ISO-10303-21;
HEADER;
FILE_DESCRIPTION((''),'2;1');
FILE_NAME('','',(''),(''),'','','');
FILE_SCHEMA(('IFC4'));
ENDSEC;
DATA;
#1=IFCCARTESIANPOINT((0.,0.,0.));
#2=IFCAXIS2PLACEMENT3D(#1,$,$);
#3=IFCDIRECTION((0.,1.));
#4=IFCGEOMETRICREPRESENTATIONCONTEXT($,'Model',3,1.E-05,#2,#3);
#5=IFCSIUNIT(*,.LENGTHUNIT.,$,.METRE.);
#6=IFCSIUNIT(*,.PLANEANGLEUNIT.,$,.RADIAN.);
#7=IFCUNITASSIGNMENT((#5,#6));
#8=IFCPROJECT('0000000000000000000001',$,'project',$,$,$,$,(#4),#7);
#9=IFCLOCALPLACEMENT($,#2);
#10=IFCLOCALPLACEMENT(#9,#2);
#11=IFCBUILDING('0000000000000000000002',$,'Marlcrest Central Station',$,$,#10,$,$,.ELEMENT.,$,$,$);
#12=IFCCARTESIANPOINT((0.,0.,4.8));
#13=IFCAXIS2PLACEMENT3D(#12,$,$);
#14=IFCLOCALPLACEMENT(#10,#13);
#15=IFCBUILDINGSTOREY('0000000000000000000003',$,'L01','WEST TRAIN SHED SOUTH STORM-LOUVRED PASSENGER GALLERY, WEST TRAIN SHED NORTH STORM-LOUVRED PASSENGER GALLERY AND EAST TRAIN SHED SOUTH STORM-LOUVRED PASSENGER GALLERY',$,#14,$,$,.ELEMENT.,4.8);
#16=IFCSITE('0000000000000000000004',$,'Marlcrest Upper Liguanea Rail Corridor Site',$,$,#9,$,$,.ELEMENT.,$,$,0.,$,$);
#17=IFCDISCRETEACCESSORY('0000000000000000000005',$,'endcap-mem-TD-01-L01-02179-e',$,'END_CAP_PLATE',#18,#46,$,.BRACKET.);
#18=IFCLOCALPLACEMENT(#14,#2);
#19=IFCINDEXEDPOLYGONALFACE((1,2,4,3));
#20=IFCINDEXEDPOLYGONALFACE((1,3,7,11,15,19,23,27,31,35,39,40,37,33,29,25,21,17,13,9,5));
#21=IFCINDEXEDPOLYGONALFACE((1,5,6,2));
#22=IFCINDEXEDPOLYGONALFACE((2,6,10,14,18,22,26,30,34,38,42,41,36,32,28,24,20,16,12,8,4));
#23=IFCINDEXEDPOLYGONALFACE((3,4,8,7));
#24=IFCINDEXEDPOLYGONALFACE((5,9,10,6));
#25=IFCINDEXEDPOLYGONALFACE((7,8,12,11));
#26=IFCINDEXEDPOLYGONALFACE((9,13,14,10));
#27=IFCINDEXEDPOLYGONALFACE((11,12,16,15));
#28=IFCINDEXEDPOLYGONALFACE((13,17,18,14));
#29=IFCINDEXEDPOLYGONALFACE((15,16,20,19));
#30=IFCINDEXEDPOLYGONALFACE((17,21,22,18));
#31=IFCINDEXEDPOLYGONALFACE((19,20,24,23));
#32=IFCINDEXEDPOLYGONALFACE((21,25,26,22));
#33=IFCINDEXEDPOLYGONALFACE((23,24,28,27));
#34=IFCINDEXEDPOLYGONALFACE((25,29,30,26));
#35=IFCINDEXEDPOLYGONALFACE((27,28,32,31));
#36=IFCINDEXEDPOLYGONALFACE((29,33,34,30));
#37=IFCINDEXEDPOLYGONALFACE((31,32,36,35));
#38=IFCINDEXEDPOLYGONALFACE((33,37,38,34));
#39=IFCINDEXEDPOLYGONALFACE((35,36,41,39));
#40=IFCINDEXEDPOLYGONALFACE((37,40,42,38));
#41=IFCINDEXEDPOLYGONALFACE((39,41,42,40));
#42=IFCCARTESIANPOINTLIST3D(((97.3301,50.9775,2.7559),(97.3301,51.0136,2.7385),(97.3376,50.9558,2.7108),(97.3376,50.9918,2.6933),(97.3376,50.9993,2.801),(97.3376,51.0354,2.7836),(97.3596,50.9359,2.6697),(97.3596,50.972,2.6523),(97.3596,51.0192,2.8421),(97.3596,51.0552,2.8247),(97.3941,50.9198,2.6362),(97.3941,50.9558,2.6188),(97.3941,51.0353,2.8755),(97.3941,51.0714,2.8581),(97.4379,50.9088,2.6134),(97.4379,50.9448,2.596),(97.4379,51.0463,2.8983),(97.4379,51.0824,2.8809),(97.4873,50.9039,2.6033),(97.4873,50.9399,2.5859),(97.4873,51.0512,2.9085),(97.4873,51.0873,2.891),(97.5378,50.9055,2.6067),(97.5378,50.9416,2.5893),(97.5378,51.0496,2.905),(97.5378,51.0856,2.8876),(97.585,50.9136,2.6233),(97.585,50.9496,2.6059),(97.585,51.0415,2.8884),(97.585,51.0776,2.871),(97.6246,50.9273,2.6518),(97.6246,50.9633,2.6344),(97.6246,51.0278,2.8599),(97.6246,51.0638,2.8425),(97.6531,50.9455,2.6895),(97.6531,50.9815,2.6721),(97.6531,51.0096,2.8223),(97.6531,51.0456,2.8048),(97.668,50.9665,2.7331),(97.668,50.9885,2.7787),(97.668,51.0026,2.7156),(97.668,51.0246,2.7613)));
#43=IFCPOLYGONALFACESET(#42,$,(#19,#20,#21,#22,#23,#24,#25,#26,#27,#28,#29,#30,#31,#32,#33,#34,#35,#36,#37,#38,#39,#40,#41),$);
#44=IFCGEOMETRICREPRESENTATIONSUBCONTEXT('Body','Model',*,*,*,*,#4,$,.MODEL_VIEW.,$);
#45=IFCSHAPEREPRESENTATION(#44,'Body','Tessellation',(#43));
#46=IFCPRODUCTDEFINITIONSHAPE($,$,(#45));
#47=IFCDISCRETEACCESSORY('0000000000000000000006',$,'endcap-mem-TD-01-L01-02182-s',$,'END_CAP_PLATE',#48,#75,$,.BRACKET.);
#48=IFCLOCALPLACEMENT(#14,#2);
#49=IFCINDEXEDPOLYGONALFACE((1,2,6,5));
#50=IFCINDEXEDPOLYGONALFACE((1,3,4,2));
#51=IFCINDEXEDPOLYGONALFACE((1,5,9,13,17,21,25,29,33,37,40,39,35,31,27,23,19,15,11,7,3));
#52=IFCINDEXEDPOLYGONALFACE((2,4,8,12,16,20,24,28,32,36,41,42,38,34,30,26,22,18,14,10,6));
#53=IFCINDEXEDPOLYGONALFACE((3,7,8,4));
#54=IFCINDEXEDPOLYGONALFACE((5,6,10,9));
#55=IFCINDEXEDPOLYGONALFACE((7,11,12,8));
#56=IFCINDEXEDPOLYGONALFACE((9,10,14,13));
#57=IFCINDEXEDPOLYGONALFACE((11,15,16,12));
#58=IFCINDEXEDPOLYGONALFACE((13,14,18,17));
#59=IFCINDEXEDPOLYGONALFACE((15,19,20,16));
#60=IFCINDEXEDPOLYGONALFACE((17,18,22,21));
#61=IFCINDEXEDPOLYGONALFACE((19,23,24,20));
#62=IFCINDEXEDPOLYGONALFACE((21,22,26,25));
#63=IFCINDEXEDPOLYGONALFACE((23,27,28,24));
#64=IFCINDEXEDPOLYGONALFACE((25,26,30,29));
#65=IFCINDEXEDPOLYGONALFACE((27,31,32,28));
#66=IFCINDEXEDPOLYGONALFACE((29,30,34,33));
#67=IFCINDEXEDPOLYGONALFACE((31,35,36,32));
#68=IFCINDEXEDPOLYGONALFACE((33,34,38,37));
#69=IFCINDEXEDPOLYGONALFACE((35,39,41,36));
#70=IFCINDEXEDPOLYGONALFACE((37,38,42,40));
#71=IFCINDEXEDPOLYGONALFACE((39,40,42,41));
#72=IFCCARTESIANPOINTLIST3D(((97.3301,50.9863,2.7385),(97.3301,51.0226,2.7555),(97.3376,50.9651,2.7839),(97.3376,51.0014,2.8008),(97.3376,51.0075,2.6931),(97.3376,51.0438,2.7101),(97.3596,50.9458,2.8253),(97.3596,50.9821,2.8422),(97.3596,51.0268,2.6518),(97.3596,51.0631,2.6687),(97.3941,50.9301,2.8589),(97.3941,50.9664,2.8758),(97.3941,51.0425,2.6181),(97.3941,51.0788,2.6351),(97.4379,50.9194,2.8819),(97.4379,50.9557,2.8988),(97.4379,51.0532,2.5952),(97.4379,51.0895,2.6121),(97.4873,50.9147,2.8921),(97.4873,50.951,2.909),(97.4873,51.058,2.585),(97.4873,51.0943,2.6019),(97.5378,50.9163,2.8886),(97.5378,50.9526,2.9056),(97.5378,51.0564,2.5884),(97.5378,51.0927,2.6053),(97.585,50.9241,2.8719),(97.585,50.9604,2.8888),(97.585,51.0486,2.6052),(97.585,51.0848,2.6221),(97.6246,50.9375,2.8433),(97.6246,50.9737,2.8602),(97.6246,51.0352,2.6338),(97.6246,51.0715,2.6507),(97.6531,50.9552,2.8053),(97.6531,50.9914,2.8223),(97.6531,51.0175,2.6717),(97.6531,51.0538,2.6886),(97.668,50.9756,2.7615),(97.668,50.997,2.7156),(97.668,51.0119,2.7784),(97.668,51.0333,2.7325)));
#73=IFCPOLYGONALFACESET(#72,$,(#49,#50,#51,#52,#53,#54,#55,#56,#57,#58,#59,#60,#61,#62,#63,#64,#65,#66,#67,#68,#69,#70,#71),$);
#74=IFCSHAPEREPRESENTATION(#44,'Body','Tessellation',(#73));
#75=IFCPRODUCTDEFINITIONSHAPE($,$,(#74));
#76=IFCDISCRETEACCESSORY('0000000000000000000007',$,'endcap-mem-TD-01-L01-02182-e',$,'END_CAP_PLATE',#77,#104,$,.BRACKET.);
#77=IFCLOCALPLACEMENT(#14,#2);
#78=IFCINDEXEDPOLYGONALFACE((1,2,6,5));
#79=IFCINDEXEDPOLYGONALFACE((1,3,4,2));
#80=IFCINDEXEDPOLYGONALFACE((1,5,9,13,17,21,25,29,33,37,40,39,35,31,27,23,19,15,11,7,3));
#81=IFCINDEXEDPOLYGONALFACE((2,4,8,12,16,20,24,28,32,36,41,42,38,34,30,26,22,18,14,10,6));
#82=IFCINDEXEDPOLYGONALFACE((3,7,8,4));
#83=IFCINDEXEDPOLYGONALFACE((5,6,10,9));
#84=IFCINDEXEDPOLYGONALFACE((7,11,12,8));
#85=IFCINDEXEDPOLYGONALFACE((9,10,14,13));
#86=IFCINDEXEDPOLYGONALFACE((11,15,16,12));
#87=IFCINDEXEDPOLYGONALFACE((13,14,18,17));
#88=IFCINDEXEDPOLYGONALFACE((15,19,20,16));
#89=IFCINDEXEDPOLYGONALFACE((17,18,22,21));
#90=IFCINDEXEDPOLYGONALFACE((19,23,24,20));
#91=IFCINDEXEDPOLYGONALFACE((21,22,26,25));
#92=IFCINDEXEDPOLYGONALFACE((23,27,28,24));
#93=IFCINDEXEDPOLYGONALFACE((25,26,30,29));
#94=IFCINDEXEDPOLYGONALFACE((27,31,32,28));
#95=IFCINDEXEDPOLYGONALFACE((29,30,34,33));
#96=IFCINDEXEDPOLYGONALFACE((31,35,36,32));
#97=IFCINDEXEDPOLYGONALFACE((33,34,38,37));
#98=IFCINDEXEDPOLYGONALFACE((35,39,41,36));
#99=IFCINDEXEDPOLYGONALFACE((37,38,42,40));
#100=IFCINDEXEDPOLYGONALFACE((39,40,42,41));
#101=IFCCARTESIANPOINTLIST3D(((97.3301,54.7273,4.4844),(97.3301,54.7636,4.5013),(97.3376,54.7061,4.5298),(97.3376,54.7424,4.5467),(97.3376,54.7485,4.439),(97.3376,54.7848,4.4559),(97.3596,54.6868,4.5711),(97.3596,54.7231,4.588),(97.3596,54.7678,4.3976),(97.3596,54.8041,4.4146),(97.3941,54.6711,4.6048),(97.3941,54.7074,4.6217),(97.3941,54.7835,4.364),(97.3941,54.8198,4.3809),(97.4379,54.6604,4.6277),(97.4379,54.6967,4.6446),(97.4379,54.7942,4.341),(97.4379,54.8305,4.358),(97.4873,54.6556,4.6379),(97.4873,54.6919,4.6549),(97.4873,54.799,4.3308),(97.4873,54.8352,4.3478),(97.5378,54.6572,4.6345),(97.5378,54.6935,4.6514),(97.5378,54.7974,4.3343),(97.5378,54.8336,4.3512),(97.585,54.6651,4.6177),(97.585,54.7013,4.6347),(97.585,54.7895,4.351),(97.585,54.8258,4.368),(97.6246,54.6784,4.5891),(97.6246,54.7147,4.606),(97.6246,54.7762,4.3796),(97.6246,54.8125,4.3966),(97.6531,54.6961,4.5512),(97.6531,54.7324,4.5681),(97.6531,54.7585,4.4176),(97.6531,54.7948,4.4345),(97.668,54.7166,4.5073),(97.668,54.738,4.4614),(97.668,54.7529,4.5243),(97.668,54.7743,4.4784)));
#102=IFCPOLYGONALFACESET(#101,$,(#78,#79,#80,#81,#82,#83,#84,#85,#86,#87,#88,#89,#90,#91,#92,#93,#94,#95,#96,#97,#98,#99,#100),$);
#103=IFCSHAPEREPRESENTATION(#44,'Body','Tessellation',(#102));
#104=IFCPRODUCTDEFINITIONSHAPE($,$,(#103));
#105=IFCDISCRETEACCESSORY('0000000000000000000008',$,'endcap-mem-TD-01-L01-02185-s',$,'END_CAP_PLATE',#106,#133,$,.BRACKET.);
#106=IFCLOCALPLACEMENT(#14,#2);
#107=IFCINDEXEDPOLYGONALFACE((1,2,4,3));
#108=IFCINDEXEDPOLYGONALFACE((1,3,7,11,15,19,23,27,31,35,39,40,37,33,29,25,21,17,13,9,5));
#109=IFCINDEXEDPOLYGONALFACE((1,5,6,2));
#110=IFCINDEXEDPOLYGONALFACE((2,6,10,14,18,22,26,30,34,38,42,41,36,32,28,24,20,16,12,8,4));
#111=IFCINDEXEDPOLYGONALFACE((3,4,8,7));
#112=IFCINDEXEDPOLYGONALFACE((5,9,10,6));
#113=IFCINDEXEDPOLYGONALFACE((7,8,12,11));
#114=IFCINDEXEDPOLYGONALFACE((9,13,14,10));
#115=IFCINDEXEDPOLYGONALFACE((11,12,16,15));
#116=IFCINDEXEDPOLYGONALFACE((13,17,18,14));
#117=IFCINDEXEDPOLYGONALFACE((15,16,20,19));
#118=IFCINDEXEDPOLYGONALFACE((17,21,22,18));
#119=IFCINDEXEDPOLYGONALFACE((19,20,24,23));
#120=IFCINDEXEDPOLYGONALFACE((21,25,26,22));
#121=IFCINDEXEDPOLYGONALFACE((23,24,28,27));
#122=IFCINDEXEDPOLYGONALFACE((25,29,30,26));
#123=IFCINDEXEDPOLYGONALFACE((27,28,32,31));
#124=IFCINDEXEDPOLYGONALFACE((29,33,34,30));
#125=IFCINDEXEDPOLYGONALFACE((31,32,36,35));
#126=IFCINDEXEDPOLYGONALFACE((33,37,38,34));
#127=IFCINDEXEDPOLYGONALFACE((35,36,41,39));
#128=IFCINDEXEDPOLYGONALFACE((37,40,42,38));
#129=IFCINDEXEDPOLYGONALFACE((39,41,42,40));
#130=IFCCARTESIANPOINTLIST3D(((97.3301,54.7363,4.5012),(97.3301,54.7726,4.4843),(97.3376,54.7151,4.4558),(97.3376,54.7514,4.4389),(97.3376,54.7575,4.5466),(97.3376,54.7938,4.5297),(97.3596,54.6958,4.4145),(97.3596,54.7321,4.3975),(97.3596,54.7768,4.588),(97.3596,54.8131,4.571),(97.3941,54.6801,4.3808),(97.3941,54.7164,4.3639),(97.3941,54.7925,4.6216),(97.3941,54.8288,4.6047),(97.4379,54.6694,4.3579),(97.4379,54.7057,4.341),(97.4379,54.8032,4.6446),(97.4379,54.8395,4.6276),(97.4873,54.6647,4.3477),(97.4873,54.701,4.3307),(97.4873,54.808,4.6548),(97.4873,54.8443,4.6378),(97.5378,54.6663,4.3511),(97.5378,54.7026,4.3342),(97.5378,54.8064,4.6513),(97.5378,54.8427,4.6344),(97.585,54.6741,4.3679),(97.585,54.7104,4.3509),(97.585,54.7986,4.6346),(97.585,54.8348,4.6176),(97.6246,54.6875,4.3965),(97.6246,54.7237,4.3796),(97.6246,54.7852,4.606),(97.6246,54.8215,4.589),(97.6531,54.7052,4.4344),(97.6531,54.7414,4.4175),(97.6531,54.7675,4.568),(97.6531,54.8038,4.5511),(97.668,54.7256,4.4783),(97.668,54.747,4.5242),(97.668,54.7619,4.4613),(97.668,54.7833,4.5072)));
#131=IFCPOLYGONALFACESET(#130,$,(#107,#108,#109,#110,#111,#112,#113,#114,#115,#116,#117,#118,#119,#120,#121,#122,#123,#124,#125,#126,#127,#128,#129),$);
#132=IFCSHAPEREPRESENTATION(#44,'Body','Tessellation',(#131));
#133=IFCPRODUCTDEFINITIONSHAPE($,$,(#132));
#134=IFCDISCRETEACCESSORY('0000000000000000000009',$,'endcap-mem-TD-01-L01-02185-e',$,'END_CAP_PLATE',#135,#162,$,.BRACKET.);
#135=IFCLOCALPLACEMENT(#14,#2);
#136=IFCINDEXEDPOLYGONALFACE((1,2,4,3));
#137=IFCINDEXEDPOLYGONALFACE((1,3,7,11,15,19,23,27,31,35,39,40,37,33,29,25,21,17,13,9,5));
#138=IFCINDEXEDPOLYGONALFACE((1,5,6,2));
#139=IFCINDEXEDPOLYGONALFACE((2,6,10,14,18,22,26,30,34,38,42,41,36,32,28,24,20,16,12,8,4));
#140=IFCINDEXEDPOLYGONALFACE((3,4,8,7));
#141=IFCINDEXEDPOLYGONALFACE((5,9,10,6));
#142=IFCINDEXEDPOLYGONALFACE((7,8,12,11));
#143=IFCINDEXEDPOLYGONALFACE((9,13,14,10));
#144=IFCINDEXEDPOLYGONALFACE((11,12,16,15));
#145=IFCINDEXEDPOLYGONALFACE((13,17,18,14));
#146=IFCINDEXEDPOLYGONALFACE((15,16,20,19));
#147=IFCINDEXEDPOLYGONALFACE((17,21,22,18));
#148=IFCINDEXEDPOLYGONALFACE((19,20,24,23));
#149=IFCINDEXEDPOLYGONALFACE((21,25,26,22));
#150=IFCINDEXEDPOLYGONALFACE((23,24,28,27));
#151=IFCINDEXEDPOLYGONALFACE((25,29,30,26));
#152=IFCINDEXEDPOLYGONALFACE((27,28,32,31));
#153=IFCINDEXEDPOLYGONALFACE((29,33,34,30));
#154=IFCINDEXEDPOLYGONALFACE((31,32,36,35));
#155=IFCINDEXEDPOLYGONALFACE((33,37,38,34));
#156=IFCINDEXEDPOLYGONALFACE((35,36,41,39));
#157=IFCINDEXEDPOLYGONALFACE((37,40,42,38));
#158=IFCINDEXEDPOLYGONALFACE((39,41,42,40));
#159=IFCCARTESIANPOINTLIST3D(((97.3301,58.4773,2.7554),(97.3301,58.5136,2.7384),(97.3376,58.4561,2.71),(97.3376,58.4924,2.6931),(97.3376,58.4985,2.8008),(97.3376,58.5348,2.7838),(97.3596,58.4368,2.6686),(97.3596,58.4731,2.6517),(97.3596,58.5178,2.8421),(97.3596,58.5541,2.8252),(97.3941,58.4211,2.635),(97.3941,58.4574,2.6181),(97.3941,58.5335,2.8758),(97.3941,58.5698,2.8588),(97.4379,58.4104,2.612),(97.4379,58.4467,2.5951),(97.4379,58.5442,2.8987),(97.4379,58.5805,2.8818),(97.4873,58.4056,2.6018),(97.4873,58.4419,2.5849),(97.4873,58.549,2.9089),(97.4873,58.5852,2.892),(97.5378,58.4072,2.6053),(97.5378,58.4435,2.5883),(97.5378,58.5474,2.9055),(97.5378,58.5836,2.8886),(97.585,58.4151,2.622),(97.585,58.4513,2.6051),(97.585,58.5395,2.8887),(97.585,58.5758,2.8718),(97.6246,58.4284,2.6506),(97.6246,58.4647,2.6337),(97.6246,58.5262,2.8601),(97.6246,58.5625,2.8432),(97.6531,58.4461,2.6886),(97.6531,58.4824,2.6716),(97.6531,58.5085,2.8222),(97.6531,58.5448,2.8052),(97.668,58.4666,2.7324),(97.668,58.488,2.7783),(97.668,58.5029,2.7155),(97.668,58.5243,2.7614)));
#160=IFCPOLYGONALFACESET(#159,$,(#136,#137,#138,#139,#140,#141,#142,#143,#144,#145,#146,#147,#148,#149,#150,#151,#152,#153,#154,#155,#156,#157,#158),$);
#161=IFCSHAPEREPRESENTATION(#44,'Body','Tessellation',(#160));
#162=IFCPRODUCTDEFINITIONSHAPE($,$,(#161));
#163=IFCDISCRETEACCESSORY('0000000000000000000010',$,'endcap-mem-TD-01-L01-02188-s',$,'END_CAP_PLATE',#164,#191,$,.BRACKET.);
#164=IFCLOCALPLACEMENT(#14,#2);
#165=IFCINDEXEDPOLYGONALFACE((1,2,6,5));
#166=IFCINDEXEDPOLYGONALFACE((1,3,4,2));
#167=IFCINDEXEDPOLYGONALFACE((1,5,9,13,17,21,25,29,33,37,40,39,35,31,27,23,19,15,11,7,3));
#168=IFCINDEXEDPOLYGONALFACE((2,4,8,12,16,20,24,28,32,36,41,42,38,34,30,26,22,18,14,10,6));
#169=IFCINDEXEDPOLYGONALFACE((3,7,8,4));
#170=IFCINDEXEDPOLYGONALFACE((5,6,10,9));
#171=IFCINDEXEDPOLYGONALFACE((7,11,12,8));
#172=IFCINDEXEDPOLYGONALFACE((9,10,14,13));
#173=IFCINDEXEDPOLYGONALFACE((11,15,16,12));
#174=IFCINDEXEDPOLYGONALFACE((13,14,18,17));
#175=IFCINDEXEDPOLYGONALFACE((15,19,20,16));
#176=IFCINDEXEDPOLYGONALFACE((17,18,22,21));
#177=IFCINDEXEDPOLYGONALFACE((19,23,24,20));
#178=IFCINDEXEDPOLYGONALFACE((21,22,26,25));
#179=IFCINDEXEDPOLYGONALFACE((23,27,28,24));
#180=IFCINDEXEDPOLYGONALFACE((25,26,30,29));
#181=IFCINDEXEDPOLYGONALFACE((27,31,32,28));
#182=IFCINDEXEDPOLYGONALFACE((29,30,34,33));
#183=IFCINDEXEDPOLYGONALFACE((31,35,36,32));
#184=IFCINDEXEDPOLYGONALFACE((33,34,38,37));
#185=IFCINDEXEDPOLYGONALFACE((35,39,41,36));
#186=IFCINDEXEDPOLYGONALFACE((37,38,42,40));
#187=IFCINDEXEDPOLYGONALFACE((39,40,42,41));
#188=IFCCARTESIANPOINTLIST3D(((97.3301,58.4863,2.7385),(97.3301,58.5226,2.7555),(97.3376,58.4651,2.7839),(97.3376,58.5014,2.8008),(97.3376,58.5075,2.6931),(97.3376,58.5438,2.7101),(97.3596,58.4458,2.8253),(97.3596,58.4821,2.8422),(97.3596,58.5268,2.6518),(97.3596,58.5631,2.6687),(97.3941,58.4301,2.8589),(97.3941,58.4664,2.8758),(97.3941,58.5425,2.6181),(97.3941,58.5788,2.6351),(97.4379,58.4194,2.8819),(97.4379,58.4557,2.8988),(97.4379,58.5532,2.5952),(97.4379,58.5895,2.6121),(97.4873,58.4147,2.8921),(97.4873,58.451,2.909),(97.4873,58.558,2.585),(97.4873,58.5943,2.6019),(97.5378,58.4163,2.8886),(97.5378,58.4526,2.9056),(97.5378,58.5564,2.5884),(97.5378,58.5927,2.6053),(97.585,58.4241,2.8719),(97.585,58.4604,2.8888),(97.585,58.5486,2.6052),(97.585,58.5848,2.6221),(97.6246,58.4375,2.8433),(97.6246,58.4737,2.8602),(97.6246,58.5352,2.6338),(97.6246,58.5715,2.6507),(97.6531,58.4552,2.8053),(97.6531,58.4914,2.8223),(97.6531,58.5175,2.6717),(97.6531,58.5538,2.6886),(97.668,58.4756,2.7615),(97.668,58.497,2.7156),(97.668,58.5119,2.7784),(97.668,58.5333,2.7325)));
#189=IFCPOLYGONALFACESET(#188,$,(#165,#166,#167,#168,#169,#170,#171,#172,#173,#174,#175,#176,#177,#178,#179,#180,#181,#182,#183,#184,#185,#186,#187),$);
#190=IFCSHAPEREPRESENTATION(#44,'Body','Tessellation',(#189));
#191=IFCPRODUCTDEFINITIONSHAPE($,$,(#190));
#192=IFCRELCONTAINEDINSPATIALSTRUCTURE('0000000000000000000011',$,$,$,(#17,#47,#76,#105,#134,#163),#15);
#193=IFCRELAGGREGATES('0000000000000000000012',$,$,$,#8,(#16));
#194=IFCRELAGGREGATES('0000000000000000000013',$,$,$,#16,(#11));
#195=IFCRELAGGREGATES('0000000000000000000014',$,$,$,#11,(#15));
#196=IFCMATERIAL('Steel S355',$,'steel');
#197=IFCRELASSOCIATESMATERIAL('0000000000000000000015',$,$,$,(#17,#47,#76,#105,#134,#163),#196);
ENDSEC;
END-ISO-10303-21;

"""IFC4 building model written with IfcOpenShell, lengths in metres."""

from ifc_helpers import new_model, si_unit, direction, frame, origin, origin_2d, place, context, subcontext, project, spatial, circle, extrude, material, element, save


model = new_model("IFC4")

# Units and contexts
model_context = context("Model", 3, precision=1e-05, world=origin(), true_north=direction((0.0, 1.0)))
body_context = subcontext(model_context, "Body", "Model", "MODEL_VIEW")
ifc_project = project(units=[si_unit("LENGTHUNIT", "METRE"), si_unit("PLANEANGLEUNIT", "RADIAN")], contexts=[model_context])

# Site, building, storey
site_placement = place(None, origin())
site = spatial("IfcSite", under=ifc_project, at=site_placement, Name="Marlcrest Upper Liguanea Rail Corridor Site", CompositionType="ELEMENT", RefElevation=0.0)
building_placement = place(site_placement, origin())
building = spatial("IfcBuilding", under=site, at=building_placement, Name="Marlcrest Central Station", CompositionType="ELEMENT")
storey_placement = place(building_placement, frame((0.0, 0.0, 4.8)))
storey = spatial("IfcBuildingStorey", under=building, at=storey_placement, Name="L01", Description="WEST TRAIN SHED SOUTH STORM-LOUVRED PASSENGER GALLERY, WEST TRAIN SHED NORTH STORM-LOUVRED PASSENGER GALLERY AND EAST TRAIN SHED SOUTH STORM-LOUVRED PASSENGER GALLERY", CompositionType="ELEMENT", Elevation=4.8)

# Shared definitions
ifc_material_1 = material(Name="Steel S355", Category="steel")

# Discrete accessories
for number, where, z_axis, x_axis, name in (
    (1, (97.5, 50.9775, 2.7559), (0.0, 0.900552, -0.434749), (-1.0, 0.0, 0.0), "endcap-mem-TD-01-L01-02179-e"),
    (2, (97.5, 50.9863, 2.7385), (0.0, 0.906183, 0.422885), (-1.0, 0.0, 0.0), "endcap-mem-TD-01-L01-02182-s"),
    (3, (97.5, 54.7273, 4.4844), (0.0, 0.906183, 0.422885), (-1.0, 0.0, 0.0), "endcap-mem-TD-01-L01-02182-e"),
    (4, (97.5, 54.7363, 4.5012), (0.0, 0.906183, -0.422885), (-1.0, 0.0, 0.0), "endcap-mem-TD-01-L01-02185-s"),
    (5, (97.5, 58.4773, 2.7554), (0.0, 0.906183, -0.422885), (-1.0, 0.0, 0.0), "endcap-mem-TD-01-L01-02185-e"),
    (6, (97.5, 58.4863, 2.7385), (0.0, 0.906183, 0.422885), (-1.0, 0.0, 0.0), "endcap-mem-TD-01-L01-02188-s"),
):
    element("IfcDiscreteAccessory", number, at=place(storey_placement, frame(where, z_axis=z_axis, x_axis=x_axis)), inside=storey, material=ifc_material_1, Name=name, ObjectType="END_CAP_PLATE", PredefinedType="BRACKET", context=body_context, shape_type="SweptSolid", body=[
        extrude(circle(Radius=0.1699, at=origin_2d()), origin(), (0.0, 0.0, 1.0), 0.04),
    ])

save(model, "model.ifc")
